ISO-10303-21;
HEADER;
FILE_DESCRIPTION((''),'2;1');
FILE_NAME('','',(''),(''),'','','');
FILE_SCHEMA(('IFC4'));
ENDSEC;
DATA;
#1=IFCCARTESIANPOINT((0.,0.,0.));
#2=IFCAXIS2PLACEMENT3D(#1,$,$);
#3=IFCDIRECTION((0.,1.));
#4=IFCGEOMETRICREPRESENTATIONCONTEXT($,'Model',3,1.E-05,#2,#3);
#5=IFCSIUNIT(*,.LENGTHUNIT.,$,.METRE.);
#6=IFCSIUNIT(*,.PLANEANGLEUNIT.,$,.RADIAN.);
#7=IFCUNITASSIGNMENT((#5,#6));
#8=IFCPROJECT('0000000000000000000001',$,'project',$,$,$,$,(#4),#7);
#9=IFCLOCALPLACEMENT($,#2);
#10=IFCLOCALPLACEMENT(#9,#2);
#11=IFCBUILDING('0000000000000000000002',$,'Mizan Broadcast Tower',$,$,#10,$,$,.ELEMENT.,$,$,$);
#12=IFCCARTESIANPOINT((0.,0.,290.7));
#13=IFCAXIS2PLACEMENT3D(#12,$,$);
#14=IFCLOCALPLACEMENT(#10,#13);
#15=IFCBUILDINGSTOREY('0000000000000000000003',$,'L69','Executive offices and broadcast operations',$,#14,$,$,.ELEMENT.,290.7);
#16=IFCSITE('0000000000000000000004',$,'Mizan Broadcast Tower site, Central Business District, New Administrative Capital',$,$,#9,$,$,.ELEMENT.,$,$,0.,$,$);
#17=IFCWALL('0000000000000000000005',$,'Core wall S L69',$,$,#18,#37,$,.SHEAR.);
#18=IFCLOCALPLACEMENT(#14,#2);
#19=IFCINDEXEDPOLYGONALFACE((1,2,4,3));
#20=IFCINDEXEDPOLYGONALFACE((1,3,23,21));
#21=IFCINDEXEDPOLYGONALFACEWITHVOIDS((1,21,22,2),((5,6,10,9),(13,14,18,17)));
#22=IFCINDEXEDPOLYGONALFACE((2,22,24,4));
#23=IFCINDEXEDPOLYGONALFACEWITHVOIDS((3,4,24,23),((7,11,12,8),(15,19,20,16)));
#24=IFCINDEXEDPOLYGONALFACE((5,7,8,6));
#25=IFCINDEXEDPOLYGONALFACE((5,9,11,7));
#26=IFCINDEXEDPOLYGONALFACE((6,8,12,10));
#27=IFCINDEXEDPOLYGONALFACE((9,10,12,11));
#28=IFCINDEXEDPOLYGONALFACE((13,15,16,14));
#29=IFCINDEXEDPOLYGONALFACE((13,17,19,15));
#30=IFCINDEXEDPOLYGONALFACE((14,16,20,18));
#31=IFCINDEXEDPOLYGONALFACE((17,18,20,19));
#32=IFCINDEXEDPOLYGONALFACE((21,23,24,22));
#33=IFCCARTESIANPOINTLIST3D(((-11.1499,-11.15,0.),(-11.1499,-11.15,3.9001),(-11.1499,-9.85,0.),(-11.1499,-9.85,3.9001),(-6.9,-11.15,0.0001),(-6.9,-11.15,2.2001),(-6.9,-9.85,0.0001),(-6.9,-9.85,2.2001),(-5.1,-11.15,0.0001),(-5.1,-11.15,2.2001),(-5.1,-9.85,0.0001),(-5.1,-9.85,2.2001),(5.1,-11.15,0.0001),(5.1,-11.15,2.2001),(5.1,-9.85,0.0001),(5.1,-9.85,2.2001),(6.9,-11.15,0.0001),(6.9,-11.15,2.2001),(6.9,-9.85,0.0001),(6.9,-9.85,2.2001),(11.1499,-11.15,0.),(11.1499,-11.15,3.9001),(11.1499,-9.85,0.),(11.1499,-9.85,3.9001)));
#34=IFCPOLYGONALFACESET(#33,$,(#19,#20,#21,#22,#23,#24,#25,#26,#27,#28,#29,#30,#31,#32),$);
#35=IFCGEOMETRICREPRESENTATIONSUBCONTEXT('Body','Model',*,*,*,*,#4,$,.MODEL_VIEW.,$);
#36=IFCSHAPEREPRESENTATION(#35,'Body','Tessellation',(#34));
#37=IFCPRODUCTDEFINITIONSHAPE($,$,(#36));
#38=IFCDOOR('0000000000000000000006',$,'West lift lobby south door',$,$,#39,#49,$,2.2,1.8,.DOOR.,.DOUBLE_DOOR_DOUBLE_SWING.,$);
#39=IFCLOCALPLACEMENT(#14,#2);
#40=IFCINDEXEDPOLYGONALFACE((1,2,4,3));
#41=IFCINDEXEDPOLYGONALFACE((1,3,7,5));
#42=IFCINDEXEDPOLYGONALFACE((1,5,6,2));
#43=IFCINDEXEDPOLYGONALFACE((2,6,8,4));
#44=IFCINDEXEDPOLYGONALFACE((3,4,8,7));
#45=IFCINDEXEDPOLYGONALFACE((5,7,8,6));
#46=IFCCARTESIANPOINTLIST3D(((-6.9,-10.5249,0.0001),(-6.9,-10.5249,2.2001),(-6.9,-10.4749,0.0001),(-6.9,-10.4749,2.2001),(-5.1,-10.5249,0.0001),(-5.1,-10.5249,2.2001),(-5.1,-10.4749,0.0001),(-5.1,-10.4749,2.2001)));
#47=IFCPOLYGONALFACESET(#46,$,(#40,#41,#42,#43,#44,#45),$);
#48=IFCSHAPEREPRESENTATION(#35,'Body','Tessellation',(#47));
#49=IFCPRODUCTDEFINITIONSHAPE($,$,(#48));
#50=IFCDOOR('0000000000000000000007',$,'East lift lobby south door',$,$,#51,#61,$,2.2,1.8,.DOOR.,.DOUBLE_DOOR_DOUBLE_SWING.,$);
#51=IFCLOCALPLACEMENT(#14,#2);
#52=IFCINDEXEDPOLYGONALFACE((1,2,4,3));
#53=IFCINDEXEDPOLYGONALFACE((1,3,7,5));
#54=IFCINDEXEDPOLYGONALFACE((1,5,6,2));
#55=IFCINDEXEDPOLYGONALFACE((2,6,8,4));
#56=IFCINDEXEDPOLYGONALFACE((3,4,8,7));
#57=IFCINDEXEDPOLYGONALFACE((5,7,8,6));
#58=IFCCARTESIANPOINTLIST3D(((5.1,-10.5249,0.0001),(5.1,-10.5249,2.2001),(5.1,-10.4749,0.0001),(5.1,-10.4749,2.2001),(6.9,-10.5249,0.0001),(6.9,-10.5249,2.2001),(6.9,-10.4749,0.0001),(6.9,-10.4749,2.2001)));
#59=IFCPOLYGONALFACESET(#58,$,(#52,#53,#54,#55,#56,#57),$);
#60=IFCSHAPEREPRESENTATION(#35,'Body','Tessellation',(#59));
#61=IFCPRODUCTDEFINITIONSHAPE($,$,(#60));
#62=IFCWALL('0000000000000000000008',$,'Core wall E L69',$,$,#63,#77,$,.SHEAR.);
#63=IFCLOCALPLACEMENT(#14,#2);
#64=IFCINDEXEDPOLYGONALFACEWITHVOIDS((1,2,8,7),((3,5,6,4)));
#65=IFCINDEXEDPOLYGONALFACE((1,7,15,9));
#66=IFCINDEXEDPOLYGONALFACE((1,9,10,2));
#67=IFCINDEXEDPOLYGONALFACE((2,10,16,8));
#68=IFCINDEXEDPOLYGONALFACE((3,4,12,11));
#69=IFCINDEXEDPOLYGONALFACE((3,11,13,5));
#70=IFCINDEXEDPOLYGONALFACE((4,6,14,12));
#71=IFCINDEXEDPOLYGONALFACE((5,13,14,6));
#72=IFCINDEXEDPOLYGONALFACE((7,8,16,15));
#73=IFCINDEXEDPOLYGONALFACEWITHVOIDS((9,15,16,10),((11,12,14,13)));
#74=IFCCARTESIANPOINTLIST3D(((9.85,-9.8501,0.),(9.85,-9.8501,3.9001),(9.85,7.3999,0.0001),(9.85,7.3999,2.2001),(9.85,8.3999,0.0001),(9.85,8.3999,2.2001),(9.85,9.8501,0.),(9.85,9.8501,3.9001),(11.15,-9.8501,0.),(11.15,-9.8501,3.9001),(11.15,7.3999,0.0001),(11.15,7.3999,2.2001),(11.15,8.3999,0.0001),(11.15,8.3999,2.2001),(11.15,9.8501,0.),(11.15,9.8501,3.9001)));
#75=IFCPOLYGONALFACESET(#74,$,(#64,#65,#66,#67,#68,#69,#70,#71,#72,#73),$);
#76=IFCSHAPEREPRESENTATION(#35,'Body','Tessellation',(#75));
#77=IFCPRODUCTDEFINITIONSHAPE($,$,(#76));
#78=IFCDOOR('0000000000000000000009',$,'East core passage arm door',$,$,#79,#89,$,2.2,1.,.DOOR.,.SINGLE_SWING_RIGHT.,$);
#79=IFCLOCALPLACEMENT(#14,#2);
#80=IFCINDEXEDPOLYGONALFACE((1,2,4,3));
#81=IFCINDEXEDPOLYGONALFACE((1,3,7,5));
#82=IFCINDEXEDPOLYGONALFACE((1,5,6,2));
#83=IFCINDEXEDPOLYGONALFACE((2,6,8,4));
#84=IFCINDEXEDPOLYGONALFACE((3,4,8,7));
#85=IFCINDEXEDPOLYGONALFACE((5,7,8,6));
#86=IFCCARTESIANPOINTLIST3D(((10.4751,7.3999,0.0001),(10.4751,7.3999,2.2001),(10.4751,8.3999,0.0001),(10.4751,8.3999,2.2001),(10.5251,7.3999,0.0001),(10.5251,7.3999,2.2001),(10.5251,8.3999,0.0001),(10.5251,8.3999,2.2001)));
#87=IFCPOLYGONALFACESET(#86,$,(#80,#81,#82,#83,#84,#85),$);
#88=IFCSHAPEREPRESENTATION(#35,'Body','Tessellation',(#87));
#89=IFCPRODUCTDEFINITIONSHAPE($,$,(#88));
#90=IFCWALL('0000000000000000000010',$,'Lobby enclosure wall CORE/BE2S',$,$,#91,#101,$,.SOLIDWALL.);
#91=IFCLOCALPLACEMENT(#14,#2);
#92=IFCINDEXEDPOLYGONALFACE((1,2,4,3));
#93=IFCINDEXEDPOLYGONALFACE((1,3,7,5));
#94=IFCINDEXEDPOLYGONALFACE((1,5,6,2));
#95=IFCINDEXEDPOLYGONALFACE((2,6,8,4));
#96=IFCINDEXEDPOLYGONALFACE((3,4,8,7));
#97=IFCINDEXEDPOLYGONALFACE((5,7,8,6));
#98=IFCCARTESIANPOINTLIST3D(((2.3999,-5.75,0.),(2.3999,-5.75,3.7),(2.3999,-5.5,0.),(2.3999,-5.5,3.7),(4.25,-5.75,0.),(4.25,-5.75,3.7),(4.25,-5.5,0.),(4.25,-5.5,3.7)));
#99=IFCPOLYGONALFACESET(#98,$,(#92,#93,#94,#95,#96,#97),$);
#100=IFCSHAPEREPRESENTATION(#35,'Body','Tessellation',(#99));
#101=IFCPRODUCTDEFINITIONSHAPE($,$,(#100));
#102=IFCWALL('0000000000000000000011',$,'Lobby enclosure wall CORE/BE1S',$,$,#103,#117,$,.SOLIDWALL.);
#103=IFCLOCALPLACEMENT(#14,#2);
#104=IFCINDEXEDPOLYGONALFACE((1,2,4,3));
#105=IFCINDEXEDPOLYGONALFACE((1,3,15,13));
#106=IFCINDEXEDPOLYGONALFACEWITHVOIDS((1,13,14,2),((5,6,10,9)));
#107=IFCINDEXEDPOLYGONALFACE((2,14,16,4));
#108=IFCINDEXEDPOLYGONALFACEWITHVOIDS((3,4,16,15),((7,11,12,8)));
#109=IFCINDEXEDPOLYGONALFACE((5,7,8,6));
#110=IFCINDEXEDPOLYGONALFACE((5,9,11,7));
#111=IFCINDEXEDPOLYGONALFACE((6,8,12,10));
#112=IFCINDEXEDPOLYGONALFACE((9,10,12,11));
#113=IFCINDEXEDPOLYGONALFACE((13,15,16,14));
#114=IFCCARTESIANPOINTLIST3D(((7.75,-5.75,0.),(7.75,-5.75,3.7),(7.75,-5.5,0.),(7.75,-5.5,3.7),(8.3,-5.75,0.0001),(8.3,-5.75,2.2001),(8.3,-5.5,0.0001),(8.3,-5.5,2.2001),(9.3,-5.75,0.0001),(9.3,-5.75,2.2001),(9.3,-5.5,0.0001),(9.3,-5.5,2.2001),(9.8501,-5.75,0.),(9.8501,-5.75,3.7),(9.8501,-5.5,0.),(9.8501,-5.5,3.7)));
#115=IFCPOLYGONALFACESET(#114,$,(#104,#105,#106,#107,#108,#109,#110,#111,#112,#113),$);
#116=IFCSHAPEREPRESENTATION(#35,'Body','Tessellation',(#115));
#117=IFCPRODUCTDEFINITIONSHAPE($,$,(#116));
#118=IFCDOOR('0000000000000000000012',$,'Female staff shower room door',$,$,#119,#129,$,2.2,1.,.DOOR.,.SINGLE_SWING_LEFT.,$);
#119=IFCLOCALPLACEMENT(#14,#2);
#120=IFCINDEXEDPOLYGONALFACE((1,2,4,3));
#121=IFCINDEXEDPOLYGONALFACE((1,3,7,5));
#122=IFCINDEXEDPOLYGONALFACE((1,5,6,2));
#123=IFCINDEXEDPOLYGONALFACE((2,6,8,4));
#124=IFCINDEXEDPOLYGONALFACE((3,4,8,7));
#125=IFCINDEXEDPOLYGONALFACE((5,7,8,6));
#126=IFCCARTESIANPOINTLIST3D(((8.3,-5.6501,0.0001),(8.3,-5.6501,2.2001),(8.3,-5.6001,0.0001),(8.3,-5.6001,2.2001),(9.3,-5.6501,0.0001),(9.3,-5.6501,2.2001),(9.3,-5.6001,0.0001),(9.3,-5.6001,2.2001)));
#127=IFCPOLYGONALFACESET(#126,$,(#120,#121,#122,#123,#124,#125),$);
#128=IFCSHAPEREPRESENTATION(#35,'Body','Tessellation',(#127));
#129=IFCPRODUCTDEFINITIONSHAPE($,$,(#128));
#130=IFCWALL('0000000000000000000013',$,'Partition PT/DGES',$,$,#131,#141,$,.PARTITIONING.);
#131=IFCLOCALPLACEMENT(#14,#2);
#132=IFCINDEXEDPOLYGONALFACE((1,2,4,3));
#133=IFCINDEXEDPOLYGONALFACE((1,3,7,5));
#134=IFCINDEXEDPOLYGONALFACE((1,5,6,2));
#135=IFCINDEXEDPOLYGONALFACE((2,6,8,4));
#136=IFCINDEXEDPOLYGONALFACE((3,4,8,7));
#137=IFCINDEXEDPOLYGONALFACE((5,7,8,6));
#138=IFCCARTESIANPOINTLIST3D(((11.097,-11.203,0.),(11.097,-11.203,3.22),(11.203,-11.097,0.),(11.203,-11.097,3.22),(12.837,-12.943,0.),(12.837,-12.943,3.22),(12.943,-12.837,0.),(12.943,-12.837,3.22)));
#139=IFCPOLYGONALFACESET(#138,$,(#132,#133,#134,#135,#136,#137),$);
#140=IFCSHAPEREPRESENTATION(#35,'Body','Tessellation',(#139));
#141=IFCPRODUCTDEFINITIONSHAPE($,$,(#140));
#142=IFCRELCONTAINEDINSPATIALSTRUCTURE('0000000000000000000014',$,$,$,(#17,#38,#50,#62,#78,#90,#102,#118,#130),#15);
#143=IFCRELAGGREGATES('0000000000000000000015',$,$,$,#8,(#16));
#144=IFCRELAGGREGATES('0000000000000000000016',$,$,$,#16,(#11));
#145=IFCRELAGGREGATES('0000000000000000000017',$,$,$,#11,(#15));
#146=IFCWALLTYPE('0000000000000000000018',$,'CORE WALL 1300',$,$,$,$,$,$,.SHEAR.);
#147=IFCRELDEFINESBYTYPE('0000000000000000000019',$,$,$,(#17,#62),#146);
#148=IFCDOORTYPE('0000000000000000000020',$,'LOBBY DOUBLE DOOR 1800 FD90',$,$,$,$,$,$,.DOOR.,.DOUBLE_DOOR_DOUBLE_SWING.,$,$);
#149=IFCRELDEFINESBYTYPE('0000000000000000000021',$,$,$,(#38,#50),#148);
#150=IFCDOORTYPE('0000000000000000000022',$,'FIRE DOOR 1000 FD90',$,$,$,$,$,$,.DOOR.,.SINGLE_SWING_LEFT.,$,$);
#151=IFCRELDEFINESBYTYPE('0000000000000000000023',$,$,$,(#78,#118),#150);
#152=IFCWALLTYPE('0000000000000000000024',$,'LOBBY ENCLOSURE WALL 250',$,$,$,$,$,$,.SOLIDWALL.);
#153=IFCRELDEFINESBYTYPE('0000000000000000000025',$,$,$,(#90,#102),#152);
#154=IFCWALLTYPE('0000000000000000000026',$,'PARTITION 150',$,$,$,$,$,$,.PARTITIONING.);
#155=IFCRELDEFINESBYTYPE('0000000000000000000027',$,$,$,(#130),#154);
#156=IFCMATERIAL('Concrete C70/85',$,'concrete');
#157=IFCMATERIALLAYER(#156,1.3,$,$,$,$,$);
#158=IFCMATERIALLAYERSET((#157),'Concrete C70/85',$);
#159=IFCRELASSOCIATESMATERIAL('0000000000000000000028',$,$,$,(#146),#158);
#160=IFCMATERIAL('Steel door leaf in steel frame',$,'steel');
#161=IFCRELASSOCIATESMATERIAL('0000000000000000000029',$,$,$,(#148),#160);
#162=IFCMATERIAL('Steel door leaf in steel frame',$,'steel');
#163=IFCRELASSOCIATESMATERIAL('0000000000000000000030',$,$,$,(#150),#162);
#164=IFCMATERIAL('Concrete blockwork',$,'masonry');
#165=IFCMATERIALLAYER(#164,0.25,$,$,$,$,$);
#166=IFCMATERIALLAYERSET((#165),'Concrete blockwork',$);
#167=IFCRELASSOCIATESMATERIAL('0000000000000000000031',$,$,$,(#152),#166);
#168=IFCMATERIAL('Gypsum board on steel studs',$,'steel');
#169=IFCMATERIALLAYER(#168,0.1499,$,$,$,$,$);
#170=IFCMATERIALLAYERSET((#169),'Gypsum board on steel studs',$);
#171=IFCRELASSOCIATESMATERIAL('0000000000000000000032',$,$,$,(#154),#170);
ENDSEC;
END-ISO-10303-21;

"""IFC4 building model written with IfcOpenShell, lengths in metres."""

from ifc_helpers import new_model, si_unit, direction, frame, frame_2d, origin, place, context, subcontext, project, spatial, rectangle, extrude, material, layer, layer_set, type_object, element, fill, save


model = new_model("IFC4")

# Units and contexts
model_context = context("Model", 3, precision=1e-05, world=origin(), true_north=direction((0.0, 1.0)))
body_context = subcontext(model_context, "Body", "Model", "MODEL_VIEW")
ifc_project = project(units=[si_unit("LENGTHUNIT", "METRE"), si_unit("PLANEANGLEUNIT", "RADIAN")], contexts=[model_context])

# Site, building, storey
site_placement = place(None, origin())
site = spatial("IfcSite", under=ifc_project, at=site_placement, Name="Mizan Broadcast Tower site, Central Business District, New Administrative Capital", CompositionType="ELEMENT", RefElevation=0.0)
building_placement = place(site_placement, origin())
building = spatial("IfcBuilding", under=site, at=building_placement, Name="Mizan Broadcast Tower", CompositionType="ELEMENT")
storey_placement = place(building_placement, frame((0.0, 0.0, 290.7)))
storey = spatial("IfcBuildingStorey", under=building, at=storey_placement, Name="L69", Description="Executive offices and broadcast operations", CompositionType="ELEMENT", Elevation=290.7)

# Wall, openings, doors
ifc_material_1 = material(Name="Concrete C70/85", Category="concrete")
ifc_layer_1 = layer(ifc_material_1, 1.3)
ifc_layer_set_1 = layer_set([ifc_layer_1], Name="Concrete C70/85")
wall_type_1 = type_object("IfcWallType", Name="CORE WALL 1300", PredefinedType="SHEAR", material=ifc_layer_set_1)
wall_1_placement = place(storey_placement, frame((11.1499, -10.5, 0.0), z_axis=(0.0, 0.0, 1.0), x_axis=(-1.0, 0.0, 0.0)))
wall_1 = element("IfcWall", 1, at=wall_1_placement, inside=storey, type_object=wall_type_1, Name="Core wall S L69", PredefinedType="SHEAR", context=body_context, shape_type="SweptSolid", body=[
    extrude(rectangle(XDim=22.2998, YDim=1.3, at=frame_2d((11.1499, 0.0))), origin(), (0.0, 0.0, 1.0), 3.9001),
])
opening_1_placement = place(wall_1_placement, frame((16.25, 0.0, 0.0)))
opening_1 = element("IfcOpeningElement", 2, at=opening_1_placement, cuts=wall_1, PredefinedType="OPENING", context=body_context, shape_type="SweptSolid", body=[
    extrude(rectangle(XDim=1.8, YDim=2.2, at=frame_2d((0.8999, 1.1001))), frame((0.0, 0.6599, 0.0), z_axis=(0.0, -1.0, 0.0), x_axis=(1.0, 0.0, 0.0)), (0.0, 0.0, 1.0), 1.3201),
])
opening_2_placement = place(wall_1_placement, frame((4.25, 0.0, 0.0)))
opening_2 = element("IfcOpeningElement", 3, at=opening_2_placement, cuts=wall_1, PredefinedType="OPENING", context=body_context, shape_type="SweptSolid", body=[
    extrude(rectangle(XDim=1.8, YDim=2.2, at=frame_2d((0.8999, 1.1001))), frame((0.0, 0.6599, 0.0), z_axis=(0.0, -1.0, 0.0), x_axis=(1.0, 0.0, 0.0)), (0.0, 0.0, 1.0), 1.3201),
])
ifc_material_2 = material(Name="Steel door leaf in steel frame", Category="steel")
door_type_1 = type_object("IfcDoorType", Name="LOBBY DOUBLE DOOR 1800 FD90", OperationType="DOUBLE_DOOR_DOUBLE_SWING", PredefinedType="DOOR", material=ifc_material_2)
door_1_placement = place(opening_1_placement, origin())
door_1 = element("IfcDoor", 4, at=door_1_placement, inside=storey, type_object=door_type_1, Name="West lift lobby south door", OperationType="DOUBLE_DOOR_DOUBLE_SWING", OverallHeight=2.2, OverallWidth=1.8, PredefinedType="DOOR", context=body_context, shape_type="SweptSolid", body=[
    extrude(rectangle(XDim=1.8, YDim=2.2, at=frame_2d((0.8999, 1.1001))), frame((0.0, 0.0249, 0.0), z_axis=(0.0, -1.0, 0.0), x_axis=(1.0, 0.0, 0.0)), (0.0, 0.0, 1.0), 0.05),
])
fill(opening_1, door_1)
door_2_placement = place(opening_2_placement, origin())
door_2 = element("IfcDoor", 5, at=door_2_placement, inside=storey, type_object=door_type_1, Name="East lift lobby south door", OperationType="DOUBLE_DOOR_DOUBLE_SWING", OverallHeight=2.2, OverallWidth=1.8, PredefinedType="DOOR", context=body_context, shape_type="SweptSolid", body=[
    extrude(rectangle(XDim=1.8, YDim=2.2, at=frame_2d((0.8999, 1.1001))), frame((0.0, 0.0249, 0.0), z_axis=(0.0, -1.0, 0.0), x_axis=(1.0, 0.0, 0.0)), (0.0, 0.0, 1.0), 0.05),
])
fill(opening_2, door_2)

# Wall, opening, door
wall_2_placement = place(storey_placement, frame((10.5, -9.8501, 0.0), z_axis=(0.0, 0.0, 1.0), x_axis=(0.0, 1.0, 0.0)))
wall_2 = element("IfcWall", 6, at=wall_2_placement, inside=storey, type_object=wall_type_1, Name="Core wall E L69", PredefinedType="SHEAR", context=body_context, shape_type="SweptSolid", body=[
    extrude(rectangle(XDim=19.7002, YDim=1.3, at=frame_2d((9.8501, 0.0))), origin(), (0.0, 0.0, 1.0), 3.9001),
])
opening_3_placement = place(wall_2_placement, frame((17.25, 0.0, 0.0)))
opening_3 = element("IfcOpeningElement", 7, at=opening_3_placement, cuts=wall_2, PredefinedType="OPENING", context=body_context, shape_type="SweptSolid", body=[
    extrude(rectangle(XDim=1.0, YDim=2.2, at=frame_2d((0.5, 1.1001))), frame((0.0, 0.6599, 0.0), z_axis=(0.0, -1.0, 0.0), x_axis=(1.0, 0.0, 0.0)), (0.0, 0.0, 1.0), 1.3201),
])
ifc_material_3 = material(Name="Steel door leaf in steel frame", Category="steel")
door_type_2 = type_object("IfcDoorType", Name="FIRE DOOR 1000 FD90", OperationType="SINGLE_SWING_LEFT", PredefinedType="DOOR", material=ifc_material_3)
door_3_placement = place(opening_3_placement, origin())
door_3 = element("IfcDoor", 8, at=door_3_placement, inside=storey, type_object=door_type_2, Name="East core passage arm door", OperationType="SINGLE_SWING_RIGHT", OverallHeight=2.2, OverallWidth=1.0, PredefinedType="DOOR", context=body_context, shape_type="SweptSolid", body=[
    extrude(rectangle(XDim=1.0, YDim=2.2, at=frame_2d((0.5, 1.1001))), frame((0.0, 0.0249, 0.0), z_axis=(0.0, -1.0, 0.0), x_axis=(1.0, 0.0, 0.0)), (0.0, 0.0, 1.0), 0.05),
])
fill(opening_3, door_3)

# Wall
ifc_material_4 = material(Name="Concrete blockwork", Category="masonry")
ifc_layer_2 = layer(ifc_material_4, 0.25)
ifc_layer_set_2 = layer_set([ifc_layer_2], Name="Concrete blockwork")
wall_type_2 = type_object("IfcWallType", Name="LOBBY ENCLOSURE WALL 250", PredefinedType="SOLIDWALL", material=ifc_layer_set_2)
wall_3_placement = place(storey_placement, frame((2.3999, -5.625, 0.0), z_axis=(0.0, 0.0, 1.0), x_axis=(1.0, 0.0, 0.0)))
element("IfcWall", 9, at=wall_3_placement, inside=storey, type_object=wall_type_2, Name="Lobby enclosure wall CORE/BE2S", PredefinedType="SOLIDWALL", context=body_context, shape_type="SweptSolid", body=[
    extrude(rectangle(XDim=1.8501, YDim=0.25, at=frame_2d((0.925, 0.0))), origin(), (0.0, 0.0, 1.0), 3.7),
])

# Wall, opening, door
wall_4_placement = place(storey_placement, frame((7.75, -5.625, 0.0), z_axis=(0.0, 0.0, 1.0), x_axis=(1.0, 0.0, 0.0)))
wall_4 = element("IfcWall", 10, at=wall_4_placement, inside=storey, type_object=wall_type_2, Name="Lobby enclosure wall CORE/BE1S", PredefinedType="SOLIDWALL", context=body_context, shape_type="SweptSolid", body=[
    extrude(rectangle(XDim=2.1001, YDim=0.25, at=frame_2d((1.05, 0.0))), origin(), (0.0, 0.0, 1.0), 3.7),
])
opening_4_placement = place(wall_4_placement, frame((0.55, 0.0, 0.0)))
opening_4 = element("IfcOpeningElement", 11, at=opening_4_placement, cuts=wall_4, PredefinedType="OPENING", context=body_context, shape_type="SweptSolid", body=[
    extrude(rectangle(XDim=1.0, YDim=2.2, at=frame_2d((0.5, 1.1001))), frame((0.0, 0.135, 0.0), z_axis=(0.0, -1.0, 0.0), x_axis=(1.0, 0.0, 0.0)), (0.0, 0.0, 1.0), 0.27),
])
door_4_placement = place(opening_4_placement, origin())
door_4 = element("IfcDoor", 12, at=door_4_placement, inside=storey, type_object=door_type_2, Name="Female staff shower room door", OperationType="SINGLE_SWING_LEFT", OverallHeight=2.2, OverallWidth=1.0, PredefinedType="DOOR", context=body_context, shape_type="SweptSolid", body=[
    extrude(rectangle(XDim=1.0, YDim=2.2, at=frame_2d((0.5, 1.1001))), frame((0.0, 0.0249, 0.0), z_axis=(0.0, -1.0, 0.0), x_axis=(1.0, 0.0, 0.0)), (0.0, 0.0, 1.0), 0.05),
])
fill(opening_4, door_4)

# Wall
ifc_material_5 = material(Name="Gypsum board on steel studs", Category="steel")
ifc_layer_3 = layer(ifc_material_5, 0.1499)
ifc_layer_set_3 = layer_set([ifc_layer_3], Name="Gypsum board on steel studs")
wall_type_3 = type_object("IfcWallType", Name="PARTITION 150", PredefinedType="PARTITIONING", material=ifc_layer_set_3)
wall_5_placement = place(storey_placement, frame((11.1499, -11.1499, 0.0), z_axis=(0.0, 0.0, 1.0), x_axis=(0.707107, -0.707107, 0.0)))
element("IfcWall", 13, at=wall_5_placement, inside=storey, type_object=wall_type_3, Name="Partition PT/DGES", PredefinedType="PARTITIONING", context=body_context, shape_type="SweptSolid", body=[
    extrude(rectangle(XDim=2.4607, YDim=0.1499, at=frame_2d((1.2305, 0.0))), origin(), (0.0, 0.0, 1.0), 3.22),
])

save(model, "model.ifc")
